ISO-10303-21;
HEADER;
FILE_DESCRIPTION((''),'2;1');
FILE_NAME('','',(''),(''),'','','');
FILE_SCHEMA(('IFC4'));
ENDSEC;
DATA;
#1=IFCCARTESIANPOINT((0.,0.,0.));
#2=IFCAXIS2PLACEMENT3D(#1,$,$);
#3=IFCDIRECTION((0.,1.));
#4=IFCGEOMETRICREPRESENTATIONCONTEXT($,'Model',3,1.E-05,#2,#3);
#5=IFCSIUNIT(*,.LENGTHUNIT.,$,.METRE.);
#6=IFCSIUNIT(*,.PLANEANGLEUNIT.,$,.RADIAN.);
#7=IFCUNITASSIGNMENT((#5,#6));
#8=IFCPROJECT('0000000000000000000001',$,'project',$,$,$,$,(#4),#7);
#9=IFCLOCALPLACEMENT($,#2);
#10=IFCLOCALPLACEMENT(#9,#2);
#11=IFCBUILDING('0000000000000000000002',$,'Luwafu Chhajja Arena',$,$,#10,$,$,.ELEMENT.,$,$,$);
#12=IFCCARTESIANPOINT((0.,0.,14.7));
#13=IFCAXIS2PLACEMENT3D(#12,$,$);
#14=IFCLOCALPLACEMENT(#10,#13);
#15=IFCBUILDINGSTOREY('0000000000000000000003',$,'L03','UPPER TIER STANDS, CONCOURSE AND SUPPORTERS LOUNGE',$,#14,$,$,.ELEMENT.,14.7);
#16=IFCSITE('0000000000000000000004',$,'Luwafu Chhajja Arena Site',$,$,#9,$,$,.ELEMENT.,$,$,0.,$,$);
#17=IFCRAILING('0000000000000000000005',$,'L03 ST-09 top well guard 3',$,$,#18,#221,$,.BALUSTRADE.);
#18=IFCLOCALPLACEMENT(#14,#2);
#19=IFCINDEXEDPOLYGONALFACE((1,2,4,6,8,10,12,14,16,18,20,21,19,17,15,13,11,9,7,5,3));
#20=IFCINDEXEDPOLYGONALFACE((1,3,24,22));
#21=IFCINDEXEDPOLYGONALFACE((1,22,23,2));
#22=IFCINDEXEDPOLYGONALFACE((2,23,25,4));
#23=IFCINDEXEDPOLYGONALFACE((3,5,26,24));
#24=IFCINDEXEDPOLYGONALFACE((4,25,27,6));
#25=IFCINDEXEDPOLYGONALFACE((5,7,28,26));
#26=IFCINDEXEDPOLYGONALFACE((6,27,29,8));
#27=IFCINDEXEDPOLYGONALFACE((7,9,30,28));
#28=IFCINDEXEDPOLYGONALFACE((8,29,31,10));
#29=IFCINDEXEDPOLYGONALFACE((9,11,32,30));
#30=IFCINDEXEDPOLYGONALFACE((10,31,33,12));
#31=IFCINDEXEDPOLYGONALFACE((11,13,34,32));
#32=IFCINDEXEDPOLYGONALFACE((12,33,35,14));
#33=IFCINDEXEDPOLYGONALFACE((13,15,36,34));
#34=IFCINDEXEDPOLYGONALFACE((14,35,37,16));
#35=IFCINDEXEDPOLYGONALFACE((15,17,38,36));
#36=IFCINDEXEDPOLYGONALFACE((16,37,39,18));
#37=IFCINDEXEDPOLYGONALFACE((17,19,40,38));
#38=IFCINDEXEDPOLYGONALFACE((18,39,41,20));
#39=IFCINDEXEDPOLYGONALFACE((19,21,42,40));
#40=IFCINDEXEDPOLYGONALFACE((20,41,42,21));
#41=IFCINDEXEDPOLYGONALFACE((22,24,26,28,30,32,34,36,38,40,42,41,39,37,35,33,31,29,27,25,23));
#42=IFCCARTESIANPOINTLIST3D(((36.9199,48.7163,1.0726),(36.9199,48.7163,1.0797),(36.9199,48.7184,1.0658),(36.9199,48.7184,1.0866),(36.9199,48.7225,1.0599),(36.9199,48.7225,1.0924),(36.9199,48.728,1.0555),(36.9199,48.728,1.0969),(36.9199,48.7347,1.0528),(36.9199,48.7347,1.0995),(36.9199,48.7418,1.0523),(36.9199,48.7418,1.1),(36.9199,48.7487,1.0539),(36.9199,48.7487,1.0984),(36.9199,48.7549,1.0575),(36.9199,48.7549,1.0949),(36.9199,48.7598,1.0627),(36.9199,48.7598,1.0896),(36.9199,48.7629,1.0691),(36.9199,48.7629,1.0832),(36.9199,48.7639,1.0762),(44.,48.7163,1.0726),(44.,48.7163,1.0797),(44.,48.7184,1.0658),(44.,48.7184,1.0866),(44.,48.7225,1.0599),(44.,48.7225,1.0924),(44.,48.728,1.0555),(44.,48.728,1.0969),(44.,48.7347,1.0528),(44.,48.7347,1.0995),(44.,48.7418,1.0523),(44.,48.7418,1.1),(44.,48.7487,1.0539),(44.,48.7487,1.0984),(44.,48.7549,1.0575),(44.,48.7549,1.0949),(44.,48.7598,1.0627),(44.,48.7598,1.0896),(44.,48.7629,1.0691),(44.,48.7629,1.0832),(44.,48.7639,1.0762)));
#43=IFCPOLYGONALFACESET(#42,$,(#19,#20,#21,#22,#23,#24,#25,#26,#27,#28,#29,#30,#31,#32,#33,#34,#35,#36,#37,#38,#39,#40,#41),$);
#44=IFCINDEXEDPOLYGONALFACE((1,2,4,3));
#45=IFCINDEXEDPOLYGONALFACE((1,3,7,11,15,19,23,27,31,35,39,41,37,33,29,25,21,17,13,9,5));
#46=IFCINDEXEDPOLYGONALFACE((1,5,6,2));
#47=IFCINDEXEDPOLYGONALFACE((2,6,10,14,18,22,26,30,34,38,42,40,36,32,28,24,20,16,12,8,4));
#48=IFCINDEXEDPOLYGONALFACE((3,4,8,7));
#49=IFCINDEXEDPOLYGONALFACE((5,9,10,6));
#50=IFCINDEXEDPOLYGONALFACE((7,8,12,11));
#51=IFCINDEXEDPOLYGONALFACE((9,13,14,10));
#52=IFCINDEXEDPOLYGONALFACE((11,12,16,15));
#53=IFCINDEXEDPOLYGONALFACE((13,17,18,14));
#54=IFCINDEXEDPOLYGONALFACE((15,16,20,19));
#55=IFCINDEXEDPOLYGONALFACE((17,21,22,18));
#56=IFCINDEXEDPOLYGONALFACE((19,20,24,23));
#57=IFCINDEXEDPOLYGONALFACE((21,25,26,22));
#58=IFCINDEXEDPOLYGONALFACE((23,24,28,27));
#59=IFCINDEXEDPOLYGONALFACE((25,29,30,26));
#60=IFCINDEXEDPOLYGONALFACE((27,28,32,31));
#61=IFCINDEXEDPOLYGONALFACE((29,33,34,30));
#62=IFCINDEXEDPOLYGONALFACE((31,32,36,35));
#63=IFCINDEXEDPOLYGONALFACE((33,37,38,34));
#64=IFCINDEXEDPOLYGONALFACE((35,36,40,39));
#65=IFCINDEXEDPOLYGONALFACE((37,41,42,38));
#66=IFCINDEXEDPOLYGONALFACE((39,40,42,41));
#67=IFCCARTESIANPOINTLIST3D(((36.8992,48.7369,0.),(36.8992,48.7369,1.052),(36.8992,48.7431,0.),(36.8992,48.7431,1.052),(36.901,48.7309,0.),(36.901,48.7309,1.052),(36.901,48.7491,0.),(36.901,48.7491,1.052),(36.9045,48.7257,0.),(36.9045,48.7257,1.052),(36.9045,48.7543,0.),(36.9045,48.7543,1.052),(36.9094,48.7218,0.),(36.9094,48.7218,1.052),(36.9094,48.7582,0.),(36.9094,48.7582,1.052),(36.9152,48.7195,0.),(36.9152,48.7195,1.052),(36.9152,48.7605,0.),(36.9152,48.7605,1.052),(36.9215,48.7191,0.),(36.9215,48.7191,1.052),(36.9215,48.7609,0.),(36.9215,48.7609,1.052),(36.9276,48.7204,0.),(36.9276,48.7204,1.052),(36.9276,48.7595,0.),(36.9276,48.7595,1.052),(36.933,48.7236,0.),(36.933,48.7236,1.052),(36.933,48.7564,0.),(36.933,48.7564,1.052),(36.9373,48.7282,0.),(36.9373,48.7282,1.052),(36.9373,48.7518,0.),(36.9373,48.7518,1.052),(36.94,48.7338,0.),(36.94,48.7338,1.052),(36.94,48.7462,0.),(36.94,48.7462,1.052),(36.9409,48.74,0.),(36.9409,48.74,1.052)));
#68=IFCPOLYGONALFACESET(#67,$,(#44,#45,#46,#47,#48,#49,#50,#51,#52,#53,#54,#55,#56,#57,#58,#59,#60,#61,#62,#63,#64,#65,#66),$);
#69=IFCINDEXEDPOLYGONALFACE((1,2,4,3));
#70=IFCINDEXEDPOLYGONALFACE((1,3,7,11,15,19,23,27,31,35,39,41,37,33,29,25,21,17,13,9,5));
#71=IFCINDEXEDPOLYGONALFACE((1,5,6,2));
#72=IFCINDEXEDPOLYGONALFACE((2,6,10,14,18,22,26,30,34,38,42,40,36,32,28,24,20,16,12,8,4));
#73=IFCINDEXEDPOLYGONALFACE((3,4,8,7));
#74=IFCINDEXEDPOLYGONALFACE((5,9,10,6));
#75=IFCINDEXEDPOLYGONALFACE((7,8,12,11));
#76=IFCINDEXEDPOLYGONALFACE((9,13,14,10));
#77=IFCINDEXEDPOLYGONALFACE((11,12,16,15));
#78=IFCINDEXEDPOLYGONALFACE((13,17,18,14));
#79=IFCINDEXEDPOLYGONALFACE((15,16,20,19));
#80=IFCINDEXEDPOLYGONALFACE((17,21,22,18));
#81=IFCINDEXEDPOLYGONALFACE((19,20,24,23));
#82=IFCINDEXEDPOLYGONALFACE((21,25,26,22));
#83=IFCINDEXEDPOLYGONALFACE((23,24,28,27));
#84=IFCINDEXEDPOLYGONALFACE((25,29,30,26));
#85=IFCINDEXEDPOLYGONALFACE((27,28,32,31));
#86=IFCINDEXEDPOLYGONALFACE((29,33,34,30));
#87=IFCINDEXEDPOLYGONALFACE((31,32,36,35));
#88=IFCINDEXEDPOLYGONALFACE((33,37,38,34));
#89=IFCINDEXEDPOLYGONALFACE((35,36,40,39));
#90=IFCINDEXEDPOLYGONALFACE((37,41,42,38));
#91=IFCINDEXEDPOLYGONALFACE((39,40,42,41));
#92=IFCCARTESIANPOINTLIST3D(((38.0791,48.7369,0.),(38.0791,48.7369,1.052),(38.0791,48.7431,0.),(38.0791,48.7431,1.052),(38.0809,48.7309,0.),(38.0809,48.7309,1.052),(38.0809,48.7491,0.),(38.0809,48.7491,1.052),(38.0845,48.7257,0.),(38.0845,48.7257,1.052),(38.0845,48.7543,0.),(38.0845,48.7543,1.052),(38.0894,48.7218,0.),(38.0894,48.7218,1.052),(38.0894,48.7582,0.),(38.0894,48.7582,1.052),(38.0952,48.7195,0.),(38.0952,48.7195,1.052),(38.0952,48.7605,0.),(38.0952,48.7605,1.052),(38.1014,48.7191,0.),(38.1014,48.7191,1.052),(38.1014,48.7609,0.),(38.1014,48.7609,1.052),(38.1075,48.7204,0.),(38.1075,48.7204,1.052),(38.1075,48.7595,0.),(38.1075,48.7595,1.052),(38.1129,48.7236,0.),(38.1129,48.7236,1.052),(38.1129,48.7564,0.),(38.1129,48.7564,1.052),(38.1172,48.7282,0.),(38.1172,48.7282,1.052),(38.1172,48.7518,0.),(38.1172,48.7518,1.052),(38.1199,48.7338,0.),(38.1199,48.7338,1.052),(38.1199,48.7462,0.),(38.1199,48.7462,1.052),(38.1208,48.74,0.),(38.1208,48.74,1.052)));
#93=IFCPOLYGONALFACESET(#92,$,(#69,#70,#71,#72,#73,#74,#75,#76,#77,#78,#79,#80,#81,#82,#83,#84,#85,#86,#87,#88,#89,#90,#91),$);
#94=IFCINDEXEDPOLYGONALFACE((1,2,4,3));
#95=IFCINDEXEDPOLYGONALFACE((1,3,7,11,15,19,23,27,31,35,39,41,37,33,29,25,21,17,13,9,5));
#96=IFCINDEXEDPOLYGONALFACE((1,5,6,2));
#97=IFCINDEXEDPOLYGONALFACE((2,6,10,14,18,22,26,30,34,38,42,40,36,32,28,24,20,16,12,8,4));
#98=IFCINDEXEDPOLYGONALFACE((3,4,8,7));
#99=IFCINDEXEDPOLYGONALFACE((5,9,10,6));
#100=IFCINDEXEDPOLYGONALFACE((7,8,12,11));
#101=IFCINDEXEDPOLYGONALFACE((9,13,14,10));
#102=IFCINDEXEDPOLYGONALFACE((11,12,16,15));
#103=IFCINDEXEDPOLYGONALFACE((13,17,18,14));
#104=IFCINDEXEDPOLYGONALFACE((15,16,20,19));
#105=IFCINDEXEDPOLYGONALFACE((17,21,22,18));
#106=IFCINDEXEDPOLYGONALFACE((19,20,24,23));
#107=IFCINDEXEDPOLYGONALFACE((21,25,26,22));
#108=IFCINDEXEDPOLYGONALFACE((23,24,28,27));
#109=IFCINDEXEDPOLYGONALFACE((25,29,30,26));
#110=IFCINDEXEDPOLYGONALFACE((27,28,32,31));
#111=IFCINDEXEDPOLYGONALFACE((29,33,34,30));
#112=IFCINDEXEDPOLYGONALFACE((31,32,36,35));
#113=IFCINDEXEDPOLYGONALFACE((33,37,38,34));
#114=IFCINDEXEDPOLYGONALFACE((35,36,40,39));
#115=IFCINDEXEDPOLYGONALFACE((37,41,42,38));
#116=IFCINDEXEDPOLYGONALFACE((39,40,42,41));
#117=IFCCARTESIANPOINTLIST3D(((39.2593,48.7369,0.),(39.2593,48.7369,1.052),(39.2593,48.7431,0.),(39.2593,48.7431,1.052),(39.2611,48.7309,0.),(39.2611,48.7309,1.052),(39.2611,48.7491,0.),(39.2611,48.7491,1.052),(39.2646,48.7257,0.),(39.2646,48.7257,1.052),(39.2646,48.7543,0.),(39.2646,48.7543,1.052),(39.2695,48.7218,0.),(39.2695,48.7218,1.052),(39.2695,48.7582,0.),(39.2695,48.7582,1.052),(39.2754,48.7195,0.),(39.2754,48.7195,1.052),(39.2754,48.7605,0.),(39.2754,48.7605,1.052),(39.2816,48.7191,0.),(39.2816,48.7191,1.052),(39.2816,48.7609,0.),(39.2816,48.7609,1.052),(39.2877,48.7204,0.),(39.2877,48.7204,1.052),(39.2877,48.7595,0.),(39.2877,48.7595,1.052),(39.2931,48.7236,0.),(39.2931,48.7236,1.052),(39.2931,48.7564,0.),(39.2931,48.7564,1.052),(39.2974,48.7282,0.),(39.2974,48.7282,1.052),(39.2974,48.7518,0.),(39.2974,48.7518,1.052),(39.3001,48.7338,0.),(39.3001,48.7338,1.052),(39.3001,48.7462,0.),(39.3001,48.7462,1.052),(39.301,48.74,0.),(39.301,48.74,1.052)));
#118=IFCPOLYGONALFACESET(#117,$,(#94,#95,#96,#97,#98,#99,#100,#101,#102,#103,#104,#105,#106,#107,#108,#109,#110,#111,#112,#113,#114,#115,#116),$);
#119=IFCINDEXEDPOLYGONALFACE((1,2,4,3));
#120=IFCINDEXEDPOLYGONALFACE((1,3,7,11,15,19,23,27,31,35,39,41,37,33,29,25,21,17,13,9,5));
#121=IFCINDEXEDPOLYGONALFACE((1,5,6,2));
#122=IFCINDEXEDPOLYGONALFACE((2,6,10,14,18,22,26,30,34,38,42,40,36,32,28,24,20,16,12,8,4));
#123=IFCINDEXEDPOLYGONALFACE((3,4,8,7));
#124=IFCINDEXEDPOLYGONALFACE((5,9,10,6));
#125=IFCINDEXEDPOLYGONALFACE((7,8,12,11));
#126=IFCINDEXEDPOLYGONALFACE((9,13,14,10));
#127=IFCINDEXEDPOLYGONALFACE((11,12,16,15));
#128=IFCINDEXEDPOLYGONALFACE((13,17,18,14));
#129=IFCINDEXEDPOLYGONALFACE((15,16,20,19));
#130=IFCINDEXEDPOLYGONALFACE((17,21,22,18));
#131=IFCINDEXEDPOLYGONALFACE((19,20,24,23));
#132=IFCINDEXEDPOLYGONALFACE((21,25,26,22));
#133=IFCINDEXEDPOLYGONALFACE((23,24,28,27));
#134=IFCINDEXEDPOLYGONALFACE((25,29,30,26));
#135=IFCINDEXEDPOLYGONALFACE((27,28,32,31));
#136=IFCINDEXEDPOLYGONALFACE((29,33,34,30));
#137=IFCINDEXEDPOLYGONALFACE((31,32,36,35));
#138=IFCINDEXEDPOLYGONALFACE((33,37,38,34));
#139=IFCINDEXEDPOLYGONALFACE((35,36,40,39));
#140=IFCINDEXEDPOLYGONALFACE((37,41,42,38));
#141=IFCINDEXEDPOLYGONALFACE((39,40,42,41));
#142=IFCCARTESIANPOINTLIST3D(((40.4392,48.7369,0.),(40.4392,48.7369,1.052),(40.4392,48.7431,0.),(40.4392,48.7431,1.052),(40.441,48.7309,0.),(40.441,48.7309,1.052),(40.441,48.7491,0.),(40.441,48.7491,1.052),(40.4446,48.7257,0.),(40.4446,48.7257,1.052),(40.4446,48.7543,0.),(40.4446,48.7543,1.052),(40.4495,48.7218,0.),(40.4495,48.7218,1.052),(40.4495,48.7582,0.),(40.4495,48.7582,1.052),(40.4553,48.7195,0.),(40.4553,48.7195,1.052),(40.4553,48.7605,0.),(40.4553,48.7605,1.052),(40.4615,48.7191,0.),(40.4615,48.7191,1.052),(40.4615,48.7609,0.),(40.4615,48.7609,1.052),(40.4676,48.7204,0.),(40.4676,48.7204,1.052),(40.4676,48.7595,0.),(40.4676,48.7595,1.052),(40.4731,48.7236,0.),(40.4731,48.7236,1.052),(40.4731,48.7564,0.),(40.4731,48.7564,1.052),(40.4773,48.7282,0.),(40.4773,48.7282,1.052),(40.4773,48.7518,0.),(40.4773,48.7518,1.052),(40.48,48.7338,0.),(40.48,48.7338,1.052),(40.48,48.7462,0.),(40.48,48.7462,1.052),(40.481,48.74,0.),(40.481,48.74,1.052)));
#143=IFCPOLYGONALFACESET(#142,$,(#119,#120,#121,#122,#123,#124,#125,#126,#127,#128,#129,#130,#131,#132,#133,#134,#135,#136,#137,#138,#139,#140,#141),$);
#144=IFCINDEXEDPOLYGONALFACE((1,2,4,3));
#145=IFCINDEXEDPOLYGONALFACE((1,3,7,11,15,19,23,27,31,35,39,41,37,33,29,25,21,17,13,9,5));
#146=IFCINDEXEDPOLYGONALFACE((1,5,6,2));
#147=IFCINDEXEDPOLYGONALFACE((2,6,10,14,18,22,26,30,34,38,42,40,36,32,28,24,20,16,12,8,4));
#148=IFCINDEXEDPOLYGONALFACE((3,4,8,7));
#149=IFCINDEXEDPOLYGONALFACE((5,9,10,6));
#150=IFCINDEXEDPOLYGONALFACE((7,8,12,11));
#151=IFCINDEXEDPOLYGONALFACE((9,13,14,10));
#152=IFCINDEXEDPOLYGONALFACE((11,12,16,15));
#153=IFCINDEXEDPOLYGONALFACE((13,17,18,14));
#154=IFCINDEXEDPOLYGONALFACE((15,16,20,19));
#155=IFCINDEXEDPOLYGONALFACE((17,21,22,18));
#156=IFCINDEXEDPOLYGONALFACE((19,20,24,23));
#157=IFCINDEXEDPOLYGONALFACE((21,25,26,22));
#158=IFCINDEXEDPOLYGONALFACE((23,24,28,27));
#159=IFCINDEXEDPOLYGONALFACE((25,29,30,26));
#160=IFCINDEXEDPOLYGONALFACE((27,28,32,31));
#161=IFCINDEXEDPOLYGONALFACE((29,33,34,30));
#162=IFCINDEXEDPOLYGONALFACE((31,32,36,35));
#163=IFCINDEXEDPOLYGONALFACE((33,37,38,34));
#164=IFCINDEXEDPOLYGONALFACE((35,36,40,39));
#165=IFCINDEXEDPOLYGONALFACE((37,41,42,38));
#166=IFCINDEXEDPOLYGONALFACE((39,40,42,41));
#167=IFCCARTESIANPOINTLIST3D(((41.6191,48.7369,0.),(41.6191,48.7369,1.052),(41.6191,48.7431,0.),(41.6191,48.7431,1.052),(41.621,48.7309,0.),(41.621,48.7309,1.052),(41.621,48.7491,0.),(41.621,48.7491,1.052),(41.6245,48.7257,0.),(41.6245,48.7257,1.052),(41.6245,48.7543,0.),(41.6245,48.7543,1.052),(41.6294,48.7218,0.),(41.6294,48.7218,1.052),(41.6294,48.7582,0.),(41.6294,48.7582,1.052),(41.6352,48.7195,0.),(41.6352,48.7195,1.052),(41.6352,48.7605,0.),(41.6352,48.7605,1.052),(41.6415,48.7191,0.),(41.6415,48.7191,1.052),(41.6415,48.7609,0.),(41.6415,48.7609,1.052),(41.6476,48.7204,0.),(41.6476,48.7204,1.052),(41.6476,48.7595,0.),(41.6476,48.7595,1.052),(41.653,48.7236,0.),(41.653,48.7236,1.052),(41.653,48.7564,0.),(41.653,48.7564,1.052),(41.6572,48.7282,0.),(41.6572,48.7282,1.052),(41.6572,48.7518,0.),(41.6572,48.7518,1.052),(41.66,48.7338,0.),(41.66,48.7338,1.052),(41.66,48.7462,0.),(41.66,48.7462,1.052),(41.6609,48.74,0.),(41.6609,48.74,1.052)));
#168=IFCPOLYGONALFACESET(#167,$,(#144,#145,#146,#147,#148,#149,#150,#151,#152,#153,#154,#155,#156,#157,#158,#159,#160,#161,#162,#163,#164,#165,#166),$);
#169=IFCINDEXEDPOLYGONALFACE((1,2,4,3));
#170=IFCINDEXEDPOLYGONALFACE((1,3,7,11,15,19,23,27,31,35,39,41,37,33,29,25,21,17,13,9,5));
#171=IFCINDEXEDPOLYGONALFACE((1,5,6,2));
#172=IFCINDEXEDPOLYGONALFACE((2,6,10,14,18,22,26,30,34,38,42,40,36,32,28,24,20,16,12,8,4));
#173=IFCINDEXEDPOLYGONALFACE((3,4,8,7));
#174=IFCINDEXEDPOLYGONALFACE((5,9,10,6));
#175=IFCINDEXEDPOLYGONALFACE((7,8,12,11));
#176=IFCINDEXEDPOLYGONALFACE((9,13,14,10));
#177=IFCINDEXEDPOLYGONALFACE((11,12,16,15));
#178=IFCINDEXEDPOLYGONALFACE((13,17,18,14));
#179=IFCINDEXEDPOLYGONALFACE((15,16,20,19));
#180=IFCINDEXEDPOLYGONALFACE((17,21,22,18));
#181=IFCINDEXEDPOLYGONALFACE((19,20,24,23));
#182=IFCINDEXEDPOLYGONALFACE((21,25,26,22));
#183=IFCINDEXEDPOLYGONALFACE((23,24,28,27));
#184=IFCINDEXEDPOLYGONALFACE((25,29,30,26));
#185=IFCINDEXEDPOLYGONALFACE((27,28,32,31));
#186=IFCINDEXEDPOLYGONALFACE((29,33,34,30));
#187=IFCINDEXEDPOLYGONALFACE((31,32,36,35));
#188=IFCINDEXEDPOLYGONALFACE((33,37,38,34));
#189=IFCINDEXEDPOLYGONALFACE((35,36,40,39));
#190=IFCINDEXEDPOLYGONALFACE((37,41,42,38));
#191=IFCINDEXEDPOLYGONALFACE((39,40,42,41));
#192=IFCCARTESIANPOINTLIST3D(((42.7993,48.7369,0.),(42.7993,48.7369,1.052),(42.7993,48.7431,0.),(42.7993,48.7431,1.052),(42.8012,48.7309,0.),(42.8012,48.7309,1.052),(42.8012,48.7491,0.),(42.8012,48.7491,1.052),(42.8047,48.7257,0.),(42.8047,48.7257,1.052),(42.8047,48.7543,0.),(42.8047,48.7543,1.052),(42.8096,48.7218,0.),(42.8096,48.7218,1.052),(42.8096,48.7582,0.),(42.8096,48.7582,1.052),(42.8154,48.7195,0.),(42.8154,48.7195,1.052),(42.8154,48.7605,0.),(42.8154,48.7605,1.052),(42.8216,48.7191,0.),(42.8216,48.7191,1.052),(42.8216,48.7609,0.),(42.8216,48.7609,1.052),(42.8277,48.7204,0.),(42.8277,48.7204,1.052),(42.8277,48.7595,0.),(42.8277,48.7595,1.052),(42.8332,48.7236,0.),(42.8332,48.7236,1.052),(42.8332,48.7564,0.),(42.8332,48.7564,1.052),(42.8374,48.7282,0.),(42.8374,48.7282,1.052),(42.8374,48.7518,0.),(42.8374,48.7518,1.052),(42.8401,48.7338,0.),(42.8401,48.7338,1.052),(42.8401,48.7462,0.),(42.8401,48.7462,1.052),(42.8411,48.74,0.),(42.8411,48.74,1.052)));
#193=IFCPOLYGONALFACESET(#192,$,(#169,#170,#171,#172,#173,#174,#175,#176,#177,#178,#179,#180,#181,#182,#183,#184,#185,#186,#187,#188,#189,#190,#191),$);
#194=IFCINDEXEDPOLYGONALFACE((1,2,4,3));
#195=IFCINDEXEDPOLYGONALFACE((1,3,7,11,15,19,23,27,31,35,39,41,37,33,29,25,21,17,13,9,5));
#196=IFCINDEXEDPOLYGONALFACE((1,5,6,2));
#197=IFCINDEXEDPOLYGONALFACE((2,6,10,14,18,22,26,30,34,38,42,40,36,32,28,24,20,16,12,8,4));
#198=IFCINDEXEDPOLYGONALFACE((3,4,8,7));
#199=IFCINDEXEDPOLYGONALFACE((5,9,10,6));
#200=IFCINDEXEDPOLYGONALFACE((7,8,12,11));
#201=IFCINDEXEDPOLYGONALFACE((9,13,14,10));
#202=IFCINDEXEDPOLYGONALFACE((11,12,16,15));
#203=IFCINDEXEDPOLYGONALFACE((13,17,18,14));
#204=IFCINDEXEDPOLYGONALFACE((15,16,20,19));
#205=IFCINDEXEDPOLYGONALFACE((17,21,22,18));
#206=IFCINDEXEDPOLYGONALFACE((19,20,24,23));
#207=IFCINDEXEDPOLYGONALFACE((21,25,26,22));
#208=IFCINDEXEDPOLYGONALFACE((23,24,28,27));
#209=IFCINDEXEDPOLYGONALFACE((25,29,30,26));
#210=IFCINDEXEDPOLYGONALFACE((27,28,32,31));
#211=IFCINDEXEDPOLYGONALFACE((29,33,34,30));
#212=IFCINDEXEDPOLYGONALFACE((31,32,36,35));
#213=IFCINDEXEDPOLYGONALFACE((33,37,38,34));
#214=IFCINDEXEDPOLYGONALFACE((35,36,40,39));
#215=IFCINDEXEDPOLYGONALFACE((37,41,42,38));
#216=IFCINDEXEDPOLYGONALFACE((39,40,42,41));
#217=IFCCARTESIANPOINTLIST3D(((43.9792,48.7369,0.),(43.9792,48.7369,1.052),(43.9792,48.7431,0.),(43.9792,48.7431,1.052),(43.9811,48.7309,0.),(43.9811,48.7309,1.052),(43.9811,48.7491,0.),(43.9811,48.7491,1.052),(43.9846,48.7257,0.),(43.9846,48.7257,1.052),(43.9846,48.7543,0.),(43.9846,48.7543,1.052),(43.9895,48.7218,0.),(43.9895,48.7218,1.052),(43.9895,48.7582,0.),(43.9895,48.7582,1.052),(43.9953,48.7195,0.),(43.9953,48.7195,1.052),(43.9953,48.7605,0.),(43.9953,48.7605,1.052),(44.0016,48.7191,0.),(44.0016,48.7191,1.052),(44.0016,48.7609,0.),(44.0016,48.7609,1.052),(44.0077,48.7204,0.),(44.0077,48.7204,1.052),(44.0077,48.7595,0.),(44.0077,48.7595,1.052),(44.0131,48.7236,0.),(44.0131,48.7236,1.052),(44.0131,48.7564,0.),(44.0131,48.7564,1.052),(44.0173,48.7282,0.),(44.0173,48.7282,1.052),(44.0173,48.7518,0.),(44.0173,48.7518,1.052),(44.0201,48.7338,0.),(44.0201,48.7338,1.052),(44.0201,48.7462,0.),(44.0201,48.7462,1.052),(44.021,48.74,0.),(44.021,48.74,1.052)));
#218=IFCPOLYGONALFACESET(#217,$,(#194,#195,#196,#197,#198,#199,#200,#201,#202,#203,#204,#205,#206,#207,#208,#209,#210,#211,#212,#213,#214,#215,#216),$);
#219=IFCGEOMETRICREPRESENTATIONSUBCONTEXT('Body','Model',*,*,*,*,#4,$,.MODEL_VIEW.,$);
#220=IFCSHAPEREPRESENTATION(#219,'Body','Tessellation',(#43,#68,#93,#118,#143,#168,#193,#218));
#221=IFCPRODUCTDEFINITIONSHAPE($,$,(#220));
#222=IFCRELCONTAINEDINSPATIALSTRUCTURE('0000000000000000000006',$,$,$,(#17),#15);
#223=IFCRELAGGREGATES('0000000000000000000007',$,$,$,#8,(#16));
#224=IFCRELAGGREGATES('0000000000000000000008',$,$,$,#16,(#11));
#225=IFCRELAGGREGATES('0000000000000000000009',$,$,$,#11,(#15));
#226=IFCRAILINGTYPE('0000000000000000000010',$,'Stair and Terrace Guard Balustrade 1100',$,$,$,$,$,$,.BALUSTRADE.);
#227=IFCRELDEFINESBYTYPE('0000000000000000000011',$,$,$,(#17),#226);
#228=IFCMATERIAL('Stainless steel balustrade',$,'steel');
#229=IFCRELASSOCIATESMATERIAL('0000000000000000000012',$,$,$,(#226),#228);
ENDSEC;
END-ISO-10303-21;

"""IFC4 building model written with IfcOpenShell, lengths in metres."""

from ifc_helpers import new_model, si_unit, direction, frame, origin, origin_2d, place, context, subcontext, project, spatial, circle, extrude, material, type_object, element, save


model = new_model("IFC4")

# Units and contexts
model_context = context("Model", 3, precision=1e-05, world=origin(), true_north=direction((0.0, 1.0)))
body_context = subcontext(model_context, "Body", "Model", "MODEL_VIEW")
ifc_project = project(units=[si_unit("LENGTHUNIT", "METRE"), si_unit("PLANEANGLEUNIT", "RADIAN")], contexts=[model_context])

# Site, building, storey
site_placement = place(None, origin())
site = spatial("IfcSite", under=ifc_project, at=site_placement, Name="Luwafu Chhajja Arena Site", CompositionType="ELEMENT", RefElevation=0.0)
building_placement = place(site_placement, origin())
building = spatial("IfcBuilding", under=site, at=building_placement, Name="Luwafu Chhajja Arena", CompositionType="ELEMENT")
storey_placement = place(building_placement, frame((0.0, 0.0, 14.7)))
storey = spatial("IfcBuildingStorey", under=building, at=storey_placement, Name="L03", Description="UPPER TIER STANDS, CONCOURSE AND SUPPORTERS LOUNGE", CompositionType="ELEMENT", Elevation=14.7)

# Railing
ifc_material_1 = material(Name="Stainless steel balustrade", Category="steel")
railing_type = type_object("IfcRailingType", Name="Stair and Terrace Guard Balustrade 1100", PredefinedType="BALUSTRADE", material=ifc_material_1)
for number, where, name in (
    (1, (36.9199, 48.74, 0.0), "L03 ST-09 top well guard 3"),
):
    element("IfcRailing", number, at=place(storey_placement, frame(where)), inside=storey, type_object=railing_type, Name=name, PredefinedType="BALUSTRADE", context=body_context, shape_type="SweptSolid", body=[
        extrude(circle(Radius=0.0239, at=origin_2d()), frame((0.0, 0.0, 1.0762), z_axis=(1.0, 0.0, 0.0), x_axis=(0.0, 1.0, 0.0)), (0.0, 0.0, 1.0), 7.0801),
        extrude(circle(Radius=0.021, at=origin_2d()), origin(), (0.0, 0.0, 1.0), 1.052),
        extrude(circle(Radius=0.021, at=origin_2d()), frame((1.1799, 0.0, 0.0)), (0.0, 0.0, 1.0), 1.052),
        extrude(circle(Radius=0.021, at=origin_2d()), frame((2.3601, 0.0, 0.0)), (0.0, 0.0, 1.0), 1.052),
        extrude(circle(Radius=0.021, at=origin_2d()), frame((3.54, 0.0, 0.0)), (0.0, 0.0, 1.0), 1.052),
        extrude(circle(Radius=0.021, at=origin_2d()), frame((4.72, 0.0, 0.0)), (0.0, 0.0, 1.0), 1.052),
        extrude(circle(Radius=0.021, at=origin_2d()), frame((5.9001, 0.0, 0.0)), (0.0, 0.0, 1.0), 1.052),
        extrude(circle(Radius=0.021, at=origin_2d()), frame((7.0801, 0.0, 0.0)), (0.0, 0.0, 1.0), 1.052),
    ])

save(model, "model.ifc")
